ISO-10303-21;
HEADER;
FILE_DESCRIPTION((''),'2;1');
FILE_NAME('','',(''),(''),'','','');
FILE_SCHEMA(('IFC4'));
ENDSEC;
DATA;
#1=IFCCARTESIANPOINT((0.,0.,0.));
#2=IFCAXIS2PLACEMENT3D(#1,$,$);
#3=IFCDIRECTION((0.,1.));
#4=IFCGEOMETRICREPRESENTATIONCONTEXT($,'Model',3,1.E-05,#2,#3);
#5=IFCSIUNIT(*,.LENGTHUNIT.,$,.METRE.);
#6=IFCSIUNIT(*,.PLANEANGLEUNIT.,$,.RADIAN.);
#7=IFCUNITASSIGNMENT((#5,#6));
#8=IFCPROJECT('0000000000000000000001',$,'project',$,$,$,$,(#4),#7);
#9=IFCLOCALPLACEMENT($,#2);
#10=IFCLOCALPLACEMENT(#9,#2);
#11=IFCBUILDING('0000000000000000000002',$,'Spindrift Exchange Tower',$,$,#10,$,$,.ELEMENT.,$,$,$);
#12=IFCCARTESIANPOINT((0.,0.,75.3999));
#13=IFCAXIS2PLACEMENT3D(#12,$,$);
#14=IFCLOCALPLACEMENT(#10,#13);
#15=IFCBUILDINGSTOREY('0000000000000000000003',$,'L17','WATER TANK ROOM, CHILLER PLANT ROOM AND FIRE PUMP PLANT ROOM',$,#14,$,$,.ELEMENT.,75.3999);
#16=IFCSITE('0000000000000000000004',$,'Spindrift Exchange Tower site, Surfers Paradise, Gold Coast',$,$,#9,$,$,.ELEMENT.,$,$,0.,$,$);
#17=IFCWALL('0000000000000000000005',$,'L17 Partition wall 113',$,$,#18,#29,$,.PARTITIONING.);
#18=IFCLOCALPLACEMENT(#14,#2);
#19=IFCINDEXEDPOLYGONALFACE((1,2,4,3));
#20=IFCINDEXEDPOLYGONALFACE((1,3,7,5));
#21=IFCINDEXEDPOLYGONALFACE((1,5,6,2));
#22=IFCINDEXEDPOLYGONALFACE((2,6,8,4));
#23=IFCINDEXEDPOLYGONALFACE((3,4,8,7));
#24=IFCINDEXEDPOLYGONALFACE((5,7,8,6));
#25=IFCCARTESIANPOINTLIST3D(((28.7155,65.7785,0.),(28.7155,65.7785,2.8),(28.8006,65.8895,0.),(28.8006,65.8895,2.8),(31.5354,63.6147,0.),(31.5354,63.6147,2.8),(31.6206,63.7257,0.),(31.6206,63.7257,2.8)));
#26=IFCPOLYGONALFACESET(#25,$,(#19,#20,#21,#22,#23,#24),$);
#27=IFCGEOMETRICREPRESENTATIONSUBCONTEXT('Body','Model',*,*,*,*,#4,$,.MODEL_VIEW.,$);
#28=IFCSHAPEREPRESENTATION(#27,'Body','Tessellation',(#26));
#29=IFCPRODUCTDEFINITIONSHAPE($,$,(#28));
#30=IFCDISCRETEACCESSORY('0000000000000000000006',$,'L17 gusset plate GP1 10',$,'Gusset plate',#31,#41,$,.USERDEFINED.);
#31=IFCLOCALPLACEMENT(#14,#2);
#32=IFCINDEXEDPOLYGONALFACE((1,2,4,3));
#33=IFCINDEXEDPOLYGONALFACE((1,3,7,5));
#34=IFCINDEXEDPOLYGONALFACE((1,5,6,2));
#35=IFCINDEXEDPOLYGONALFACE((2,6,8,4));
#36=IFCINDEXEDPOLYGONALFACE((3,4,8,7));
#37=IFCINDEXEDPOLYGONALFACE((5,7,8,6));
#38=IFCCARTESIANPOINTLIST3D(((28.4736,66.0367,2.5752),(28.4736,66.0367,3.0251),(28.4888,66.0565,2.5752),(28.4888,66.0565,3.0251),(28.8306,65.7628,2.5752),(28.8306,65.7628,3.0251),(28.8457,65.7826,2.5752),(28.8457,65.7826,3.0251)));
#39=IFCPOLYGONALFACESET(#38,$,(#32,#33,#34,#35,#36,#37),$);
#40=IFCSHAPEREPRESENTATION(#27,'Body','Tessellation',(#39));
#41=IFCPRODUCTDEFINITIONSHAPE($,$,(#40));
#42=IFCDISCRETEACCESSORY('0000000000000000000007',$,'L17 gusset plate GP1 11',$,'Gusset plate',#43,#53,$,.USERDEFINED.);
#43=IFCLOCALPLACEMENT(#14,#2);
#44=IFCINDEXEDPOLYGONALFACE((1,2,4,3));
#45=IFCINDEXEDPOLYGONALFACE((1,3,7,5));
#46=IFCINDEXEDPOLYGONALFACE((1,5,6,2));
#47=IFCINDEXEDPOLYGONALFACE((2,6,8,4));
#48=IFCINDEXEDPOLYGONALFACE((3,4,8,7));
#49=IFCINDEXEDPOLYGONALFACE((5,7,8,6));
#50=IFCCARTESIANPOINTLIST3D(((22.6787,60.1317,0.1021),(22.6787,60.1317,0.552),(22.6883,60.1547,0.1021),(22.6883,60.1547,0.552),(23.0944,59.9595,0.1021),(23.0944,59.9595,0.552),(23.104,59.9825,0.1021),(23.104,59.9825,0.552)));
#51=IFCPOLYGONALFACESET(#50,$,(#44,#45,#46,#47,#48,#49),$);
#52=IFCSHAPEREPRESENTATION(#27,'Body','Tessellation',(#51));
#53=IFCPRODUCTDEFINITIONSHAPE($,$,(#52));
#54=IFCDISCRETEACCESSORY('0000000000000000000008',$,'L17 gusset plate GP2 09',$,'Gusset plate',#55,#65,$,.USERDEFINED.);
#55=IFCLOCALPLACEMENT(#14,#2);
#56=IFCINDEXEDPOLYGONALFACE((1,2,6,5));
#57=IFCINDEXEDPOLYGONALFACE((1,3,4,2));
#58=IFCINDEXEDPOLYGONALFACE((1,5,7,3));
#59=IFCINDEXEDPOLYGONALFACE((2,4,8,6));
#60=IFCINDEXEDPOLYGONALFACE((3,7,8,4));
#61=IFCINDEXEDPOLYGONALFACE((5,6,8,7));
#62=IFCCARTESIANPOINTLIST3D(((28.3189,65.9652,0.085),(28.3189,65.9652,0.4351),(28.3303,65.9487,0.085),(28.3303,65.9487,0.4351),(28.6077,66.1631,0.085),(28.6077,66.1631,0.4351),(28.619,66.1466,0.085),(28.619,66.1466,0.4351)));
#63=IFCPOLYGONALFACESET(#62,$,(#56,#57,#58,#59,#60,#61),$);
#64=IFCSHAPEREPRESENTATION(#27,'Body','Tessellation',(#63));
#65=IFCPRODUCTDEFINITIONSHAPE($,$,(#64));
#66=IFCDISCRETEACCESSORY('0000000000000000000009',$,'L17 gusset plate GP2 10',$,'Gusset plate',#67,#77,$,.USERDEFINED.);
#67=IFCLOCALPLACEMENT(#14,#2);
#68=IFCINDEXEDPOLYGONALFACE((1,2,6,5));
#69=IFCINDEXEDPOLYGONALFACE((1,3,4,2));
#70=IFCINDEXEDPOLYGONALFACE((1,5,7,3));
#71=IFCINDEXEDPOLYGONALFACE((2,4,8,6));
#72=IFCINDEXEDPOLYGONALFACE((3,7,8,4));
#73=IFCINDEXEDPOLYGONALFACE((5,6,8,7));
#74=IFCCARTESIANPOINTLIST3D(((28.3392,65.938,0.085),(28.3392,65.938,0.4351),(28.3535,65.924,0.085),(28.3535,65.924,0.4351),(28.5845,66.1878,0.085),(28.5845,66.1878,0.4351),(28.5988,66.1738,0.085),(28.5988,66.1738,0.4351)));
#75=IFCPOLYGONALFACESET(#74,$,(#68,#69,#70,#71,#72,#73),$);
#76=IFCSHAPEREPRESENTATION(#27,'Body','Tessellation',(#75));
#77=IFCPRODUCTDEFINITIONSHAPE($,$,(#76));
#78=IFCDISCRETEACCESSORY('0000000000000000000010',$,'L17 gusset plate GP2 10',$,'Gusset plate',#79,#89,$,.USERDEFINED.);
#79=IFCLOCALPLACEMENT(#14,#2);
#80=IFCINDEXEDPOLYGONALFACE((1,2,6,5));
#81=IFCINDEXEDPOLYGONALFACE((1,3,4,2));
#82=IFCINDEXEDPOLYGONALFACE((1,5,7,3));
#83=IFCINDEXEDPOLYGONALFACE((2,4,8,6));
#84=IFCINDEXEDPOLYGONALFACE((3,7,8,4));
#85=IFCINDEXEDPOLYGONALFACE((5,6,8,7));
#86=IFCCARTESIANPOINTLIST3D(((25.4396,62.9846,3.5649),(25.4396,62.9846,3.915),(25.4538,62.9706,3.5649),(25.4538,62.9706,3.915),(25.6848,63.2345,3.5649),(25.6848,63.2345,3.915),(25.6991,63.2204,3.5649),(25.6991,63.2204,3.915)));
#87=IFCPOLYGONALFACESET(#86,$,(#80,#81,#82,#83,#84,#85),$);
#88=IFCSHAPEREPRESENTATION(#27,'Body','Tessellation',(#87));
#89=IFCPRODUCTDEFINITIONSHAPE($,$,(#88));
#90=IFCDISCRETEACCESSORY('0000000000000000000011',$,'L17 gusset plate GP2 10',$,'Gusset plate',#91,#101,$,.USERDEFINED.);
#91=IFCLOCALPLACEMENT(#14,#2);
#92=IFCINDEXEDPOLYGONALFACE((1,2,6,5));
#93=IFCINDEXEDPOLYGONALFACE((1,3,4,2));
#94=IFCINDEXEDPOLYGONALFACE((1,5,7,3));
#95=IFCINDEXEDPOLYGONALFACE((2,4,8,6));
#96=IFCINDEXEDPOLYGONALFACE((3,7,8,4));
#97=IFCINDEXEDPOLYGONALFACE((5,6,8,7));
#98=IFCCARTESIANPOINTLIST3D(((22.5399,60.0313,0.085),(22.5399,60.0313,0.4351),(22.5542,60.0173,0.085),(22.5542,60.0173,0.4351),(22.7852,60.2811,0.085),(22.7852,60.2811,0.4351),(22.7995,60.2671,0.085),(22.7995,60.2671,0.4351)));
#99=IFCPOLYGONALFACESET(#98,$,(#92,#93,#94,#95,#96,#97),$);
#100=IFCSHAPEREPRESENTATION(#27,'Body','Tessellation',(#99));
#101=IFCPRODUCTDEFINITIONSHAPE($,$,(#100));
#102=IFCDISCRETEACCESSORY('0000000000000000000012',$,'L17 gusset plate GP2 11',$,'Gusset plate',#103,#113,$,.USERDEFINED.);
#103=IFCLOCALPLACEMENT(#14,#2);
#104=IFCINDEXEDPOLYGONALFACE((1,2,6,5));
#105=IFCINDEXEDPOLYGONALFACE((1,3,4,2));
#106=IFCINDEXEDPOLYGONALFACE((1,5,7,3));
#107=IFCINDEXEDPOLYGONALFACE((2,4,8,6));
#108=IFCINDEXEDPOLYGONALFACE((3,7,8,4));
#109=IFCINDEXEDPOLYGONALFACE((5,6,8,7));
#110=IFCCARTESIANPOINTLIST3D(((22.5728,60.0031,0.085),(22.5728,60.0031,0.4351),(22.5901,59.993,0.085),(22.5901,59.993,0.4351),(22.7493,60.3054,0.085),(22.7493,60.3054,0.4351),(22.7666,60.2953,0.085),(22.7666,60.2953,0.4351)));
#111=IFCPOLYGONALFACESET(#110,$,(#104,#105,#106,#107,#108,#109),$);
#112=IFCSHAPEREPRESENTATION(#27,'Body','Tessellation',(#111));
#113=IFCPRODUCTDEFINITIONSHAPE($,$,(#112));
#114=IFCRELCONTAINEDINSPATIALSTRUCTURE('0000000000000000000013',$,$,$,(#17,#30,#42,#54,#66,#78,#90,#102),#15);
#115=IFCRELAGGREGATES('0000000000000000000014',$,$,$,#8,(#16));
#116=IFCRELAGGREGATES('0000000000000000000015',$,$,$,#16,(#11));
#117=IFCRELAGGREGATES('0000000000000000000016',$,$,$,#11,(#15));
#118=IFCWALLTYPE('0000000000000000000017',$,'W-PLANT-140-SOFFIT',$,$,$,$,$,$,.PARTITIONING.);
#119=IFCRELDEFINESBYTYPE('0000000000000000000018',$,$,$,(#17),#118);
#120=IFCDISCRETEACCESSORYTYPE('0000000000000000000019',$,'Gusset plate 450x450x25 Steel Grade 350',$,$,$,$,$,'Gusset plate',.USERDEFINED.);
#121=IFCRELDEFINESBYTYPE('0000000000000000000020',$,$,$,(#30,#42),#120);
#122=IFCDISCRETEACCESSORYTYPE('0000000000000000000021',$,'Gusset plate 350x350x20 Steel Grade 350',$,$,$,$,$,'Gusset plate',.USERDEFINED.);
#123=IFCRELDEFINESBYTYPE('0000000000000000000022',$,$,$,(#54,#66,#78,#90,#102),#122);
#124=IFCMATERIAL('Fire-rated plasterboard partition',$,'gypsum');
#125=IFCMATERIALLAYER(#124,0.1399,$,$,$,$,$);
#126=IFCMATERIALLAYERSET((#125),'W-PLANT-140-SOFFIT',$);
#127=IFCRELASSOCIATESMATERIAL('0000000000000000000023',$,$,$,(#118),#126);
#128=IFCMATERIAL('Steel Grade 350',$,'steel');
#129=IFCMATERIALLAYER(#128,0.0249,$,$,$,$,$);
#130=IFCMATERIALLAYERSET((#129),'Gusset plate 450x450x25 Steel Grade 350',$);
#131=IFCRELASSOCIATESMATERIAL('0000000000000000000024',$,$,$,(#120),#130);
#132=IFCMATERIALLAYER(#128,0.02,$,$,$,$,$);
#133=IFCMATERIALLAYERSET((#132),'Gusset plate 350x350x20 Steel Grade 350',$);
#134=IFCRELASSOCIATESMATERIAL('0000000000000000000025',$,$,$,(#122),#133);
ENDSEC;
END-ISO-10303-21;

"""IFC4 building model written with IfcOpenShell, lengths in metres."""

from ifc_helpers import new_model, si_unit, direction, frame, frame_2d, origin, origin_2d, place, context, subcontext, project, spatial, rectangle, extrude, source, transform, mapped, material, layer, layer_set, type_object, element, save


model = new_model("IFC4")

# Units and contexts
model_context = context("Model", 3, precision=1e-05, world=origin(), true_north=direction((0.0, 1.0)))
body_context = subcontext(model_context, "Body", "Model", "MODEL_VIEW")
ifc_project = project(units=[si_unit("LENGTHUNIT", "METRE"), si_unit("PLANEANGLEUNIT", "RADIAN")], contexts=[model_context])

# Site, building, storey
site_placement = place(None, origin())
site = spatial("IfcSite", under=ifc_project, at=site_placement, Name="Spindrift Exchange Tower site, Surfers Paradise, Gold Coast", CompositionType="ELEMENT", RefElevation=0.0)
building_placement = place(site_placement, origin())
building = spatial("IfcBuilding", under=site, at=building_placement, Name="Spindrift Exchange Tower", CompositionType="ELEMENT")
storey_placement = place(building_placement, frame((0.0, 0.0, 75.3999)))
storey = spatial("IfcBuildingStorey", under=building, at=storey_placement, Name="L17", Description="WATER TANK ROOM, CHILLER PLANT ROOM AND FIRE PUMP PLANT ROOM", CompositionType="ELEMENT", Elevation=75.3999)

# Shared definitions
ifc_material_1 = material(Name="Steel Grade 350", Category="steel")

# Wall
ifc_material_2 = material(Name="Fire-rated plasterboard partition", Category="gypsum")
ifc_layer_1 = layer(ifc_material_2, 0.1399)
ifc_layer_set_1 = layer_set([ifc_layer_1], Name="W-PLANT-140-SOFFIT")
wall_type_1 = type_object("IfcWallType", Name="W-PLANT-140-SOFFIT", PredefinedType="PARTITIONING", material=ifc_layer_set_1)
wall_1_placement = place(storey_placement, frame((31.5781, 63.6702, 0.0), z_axis=(0.0, 0.0, 1.0), x_axis=(-0.793366, 0.608744, 0.0)))
element("IfcWall", 1, at=wall_1_placement, inside=storey, type_object=wall_type_1, Name="L17 Partition wall 113", PredefinedType="PARTITIONING", context=body_context, shape_type="SweptSolid", body=[
    extrude(rectangle(XDim=3.5544, YDim=0.1399, at=frame_2d((1.7773, 0.0))), origin(), (0.0, 0.0, 1.0), 2.8),
])

# Discrete accessories
ifc_layer_2 = layer(ifc_material_1, 0.0249)
ifc_layer_set_2 = layer_set([ifc_layer_2], Name="Gusset plate 450x450x25 Steel Grade 350")
discrete_accessory_type_1 = type_object("IfcDiscreteAccessoryType", Name="Gusset plate 450x450x25 Steel Grade 350", ElementType="Gusset plate", PredefinedType="USERDEFINED", material=ifc_layer_set_2)
shared_shape_1 = source(origin(), body_context, "Body", "SweptSolid", [
    extrude(rectangle(XDim=0.45, YDim=0.0249, at=origin_2d()), origin(), (0.0, 0.0, 1.0), 0.45),
])
for number, where, z_axis, x_axis, name in (
    (2, (28.6597, 65.9097, 2.5752), (0.0, 0.0, 1.0), (-0.793358, 0.608756, 0.0), "L17 gusset plate GP1 10"),
    (3, (22.8914, 60.0571, 0.1021), (0.0, 0.0, 1.0), (-0.923882, 0.382677, 0.0), "L17 gusset plate GP1 11"),
):
    element("IfcDiscreteAccessory", number, at=place(storey_placement, frame(where, z_axis=z_axis, x_axis=x_axis)), inside=storey, type_object=discrete_accessory_type_1, Name=name, ObjectType="Gusset plate", PredefinedType="USERDEFINED", context=body_context, shape_type="MappedRepresentation", body=[
        mapped(shared_shape_1, transform((0.0, 0.0, 0.0), scale=1.0)),
    ])
ifc_layer_3 = layer(ifc_material_1, 0.02)
ifc_layer_set_3 = layer_set([ifc_layer_3], Name="Gusset plate 350x350x20 Steel Grade 350")
discrete_accessory_type_2 = type_object("IfcDiscreteAccessoryType", Name="Gusset plate 350x350x20 Steel Grade 350", ElementType="Gusset plate", PredefinedType="USERDEFINED", material=ifc_layer_set_3)
shared_shape_2 = source(origin(), body_context, "Body", "SweptSolid", [
    extrude(rectangle(XDim=0.3501, YDim=0.02, at=origin_2d()), origin(), (0.0, 0.0, 1.0), 0.3501),
])
for number, where, z_axis, x_axis, name in (
    (4, (28.469, 66.0559, 0.085), (0.0, 0.0, 1.0), (-0.824862, -0.565334, 0.0), "L17 gusset plate GP2 09"),
    (5, (28.469, 66.0559, 0.085), (0.0, 0.0, 1.0), (-0.700602, -0.713553, 0.0), "L17 gusset plate GP2 10"),
    (6, (25.5693, 63.1025, 3.5649), (0.0, 0.0, 1.0), (-0.700602, -0.713553, 0.0), "L17 gusset plate GP2 10"),
    (7, (22.6697, 60.1492, 0.085), (0.0, 0.0, 1.0), (-0.700602, -0.713553, 0.0), "L17 gusset plate GP2 10"),
    (8, (22.6697, 60.1492, 0.085), (0.0, 0.0, 1.0), (-0.504228, -0.863571, 0.0), "L17 gusset plate GP2 11"),
):
    element("IfcDiscreteAccessory", number, at=place(storey_placement, frame(where, z_axis=z_axis, x_axis=x_axis)), inside=storey, type_object=discrete_accessory_type_2, Name=name, ObjectType="Gusset plate", PredefinedType="USERDEFINED", context=body_context, shape_type="MappedRepresentation", body=[
        mapped(shared_shape_2, transform((0.0, 0.0, 0.0), scale=1.0)),
    ])

save(model, "model.ifc")
